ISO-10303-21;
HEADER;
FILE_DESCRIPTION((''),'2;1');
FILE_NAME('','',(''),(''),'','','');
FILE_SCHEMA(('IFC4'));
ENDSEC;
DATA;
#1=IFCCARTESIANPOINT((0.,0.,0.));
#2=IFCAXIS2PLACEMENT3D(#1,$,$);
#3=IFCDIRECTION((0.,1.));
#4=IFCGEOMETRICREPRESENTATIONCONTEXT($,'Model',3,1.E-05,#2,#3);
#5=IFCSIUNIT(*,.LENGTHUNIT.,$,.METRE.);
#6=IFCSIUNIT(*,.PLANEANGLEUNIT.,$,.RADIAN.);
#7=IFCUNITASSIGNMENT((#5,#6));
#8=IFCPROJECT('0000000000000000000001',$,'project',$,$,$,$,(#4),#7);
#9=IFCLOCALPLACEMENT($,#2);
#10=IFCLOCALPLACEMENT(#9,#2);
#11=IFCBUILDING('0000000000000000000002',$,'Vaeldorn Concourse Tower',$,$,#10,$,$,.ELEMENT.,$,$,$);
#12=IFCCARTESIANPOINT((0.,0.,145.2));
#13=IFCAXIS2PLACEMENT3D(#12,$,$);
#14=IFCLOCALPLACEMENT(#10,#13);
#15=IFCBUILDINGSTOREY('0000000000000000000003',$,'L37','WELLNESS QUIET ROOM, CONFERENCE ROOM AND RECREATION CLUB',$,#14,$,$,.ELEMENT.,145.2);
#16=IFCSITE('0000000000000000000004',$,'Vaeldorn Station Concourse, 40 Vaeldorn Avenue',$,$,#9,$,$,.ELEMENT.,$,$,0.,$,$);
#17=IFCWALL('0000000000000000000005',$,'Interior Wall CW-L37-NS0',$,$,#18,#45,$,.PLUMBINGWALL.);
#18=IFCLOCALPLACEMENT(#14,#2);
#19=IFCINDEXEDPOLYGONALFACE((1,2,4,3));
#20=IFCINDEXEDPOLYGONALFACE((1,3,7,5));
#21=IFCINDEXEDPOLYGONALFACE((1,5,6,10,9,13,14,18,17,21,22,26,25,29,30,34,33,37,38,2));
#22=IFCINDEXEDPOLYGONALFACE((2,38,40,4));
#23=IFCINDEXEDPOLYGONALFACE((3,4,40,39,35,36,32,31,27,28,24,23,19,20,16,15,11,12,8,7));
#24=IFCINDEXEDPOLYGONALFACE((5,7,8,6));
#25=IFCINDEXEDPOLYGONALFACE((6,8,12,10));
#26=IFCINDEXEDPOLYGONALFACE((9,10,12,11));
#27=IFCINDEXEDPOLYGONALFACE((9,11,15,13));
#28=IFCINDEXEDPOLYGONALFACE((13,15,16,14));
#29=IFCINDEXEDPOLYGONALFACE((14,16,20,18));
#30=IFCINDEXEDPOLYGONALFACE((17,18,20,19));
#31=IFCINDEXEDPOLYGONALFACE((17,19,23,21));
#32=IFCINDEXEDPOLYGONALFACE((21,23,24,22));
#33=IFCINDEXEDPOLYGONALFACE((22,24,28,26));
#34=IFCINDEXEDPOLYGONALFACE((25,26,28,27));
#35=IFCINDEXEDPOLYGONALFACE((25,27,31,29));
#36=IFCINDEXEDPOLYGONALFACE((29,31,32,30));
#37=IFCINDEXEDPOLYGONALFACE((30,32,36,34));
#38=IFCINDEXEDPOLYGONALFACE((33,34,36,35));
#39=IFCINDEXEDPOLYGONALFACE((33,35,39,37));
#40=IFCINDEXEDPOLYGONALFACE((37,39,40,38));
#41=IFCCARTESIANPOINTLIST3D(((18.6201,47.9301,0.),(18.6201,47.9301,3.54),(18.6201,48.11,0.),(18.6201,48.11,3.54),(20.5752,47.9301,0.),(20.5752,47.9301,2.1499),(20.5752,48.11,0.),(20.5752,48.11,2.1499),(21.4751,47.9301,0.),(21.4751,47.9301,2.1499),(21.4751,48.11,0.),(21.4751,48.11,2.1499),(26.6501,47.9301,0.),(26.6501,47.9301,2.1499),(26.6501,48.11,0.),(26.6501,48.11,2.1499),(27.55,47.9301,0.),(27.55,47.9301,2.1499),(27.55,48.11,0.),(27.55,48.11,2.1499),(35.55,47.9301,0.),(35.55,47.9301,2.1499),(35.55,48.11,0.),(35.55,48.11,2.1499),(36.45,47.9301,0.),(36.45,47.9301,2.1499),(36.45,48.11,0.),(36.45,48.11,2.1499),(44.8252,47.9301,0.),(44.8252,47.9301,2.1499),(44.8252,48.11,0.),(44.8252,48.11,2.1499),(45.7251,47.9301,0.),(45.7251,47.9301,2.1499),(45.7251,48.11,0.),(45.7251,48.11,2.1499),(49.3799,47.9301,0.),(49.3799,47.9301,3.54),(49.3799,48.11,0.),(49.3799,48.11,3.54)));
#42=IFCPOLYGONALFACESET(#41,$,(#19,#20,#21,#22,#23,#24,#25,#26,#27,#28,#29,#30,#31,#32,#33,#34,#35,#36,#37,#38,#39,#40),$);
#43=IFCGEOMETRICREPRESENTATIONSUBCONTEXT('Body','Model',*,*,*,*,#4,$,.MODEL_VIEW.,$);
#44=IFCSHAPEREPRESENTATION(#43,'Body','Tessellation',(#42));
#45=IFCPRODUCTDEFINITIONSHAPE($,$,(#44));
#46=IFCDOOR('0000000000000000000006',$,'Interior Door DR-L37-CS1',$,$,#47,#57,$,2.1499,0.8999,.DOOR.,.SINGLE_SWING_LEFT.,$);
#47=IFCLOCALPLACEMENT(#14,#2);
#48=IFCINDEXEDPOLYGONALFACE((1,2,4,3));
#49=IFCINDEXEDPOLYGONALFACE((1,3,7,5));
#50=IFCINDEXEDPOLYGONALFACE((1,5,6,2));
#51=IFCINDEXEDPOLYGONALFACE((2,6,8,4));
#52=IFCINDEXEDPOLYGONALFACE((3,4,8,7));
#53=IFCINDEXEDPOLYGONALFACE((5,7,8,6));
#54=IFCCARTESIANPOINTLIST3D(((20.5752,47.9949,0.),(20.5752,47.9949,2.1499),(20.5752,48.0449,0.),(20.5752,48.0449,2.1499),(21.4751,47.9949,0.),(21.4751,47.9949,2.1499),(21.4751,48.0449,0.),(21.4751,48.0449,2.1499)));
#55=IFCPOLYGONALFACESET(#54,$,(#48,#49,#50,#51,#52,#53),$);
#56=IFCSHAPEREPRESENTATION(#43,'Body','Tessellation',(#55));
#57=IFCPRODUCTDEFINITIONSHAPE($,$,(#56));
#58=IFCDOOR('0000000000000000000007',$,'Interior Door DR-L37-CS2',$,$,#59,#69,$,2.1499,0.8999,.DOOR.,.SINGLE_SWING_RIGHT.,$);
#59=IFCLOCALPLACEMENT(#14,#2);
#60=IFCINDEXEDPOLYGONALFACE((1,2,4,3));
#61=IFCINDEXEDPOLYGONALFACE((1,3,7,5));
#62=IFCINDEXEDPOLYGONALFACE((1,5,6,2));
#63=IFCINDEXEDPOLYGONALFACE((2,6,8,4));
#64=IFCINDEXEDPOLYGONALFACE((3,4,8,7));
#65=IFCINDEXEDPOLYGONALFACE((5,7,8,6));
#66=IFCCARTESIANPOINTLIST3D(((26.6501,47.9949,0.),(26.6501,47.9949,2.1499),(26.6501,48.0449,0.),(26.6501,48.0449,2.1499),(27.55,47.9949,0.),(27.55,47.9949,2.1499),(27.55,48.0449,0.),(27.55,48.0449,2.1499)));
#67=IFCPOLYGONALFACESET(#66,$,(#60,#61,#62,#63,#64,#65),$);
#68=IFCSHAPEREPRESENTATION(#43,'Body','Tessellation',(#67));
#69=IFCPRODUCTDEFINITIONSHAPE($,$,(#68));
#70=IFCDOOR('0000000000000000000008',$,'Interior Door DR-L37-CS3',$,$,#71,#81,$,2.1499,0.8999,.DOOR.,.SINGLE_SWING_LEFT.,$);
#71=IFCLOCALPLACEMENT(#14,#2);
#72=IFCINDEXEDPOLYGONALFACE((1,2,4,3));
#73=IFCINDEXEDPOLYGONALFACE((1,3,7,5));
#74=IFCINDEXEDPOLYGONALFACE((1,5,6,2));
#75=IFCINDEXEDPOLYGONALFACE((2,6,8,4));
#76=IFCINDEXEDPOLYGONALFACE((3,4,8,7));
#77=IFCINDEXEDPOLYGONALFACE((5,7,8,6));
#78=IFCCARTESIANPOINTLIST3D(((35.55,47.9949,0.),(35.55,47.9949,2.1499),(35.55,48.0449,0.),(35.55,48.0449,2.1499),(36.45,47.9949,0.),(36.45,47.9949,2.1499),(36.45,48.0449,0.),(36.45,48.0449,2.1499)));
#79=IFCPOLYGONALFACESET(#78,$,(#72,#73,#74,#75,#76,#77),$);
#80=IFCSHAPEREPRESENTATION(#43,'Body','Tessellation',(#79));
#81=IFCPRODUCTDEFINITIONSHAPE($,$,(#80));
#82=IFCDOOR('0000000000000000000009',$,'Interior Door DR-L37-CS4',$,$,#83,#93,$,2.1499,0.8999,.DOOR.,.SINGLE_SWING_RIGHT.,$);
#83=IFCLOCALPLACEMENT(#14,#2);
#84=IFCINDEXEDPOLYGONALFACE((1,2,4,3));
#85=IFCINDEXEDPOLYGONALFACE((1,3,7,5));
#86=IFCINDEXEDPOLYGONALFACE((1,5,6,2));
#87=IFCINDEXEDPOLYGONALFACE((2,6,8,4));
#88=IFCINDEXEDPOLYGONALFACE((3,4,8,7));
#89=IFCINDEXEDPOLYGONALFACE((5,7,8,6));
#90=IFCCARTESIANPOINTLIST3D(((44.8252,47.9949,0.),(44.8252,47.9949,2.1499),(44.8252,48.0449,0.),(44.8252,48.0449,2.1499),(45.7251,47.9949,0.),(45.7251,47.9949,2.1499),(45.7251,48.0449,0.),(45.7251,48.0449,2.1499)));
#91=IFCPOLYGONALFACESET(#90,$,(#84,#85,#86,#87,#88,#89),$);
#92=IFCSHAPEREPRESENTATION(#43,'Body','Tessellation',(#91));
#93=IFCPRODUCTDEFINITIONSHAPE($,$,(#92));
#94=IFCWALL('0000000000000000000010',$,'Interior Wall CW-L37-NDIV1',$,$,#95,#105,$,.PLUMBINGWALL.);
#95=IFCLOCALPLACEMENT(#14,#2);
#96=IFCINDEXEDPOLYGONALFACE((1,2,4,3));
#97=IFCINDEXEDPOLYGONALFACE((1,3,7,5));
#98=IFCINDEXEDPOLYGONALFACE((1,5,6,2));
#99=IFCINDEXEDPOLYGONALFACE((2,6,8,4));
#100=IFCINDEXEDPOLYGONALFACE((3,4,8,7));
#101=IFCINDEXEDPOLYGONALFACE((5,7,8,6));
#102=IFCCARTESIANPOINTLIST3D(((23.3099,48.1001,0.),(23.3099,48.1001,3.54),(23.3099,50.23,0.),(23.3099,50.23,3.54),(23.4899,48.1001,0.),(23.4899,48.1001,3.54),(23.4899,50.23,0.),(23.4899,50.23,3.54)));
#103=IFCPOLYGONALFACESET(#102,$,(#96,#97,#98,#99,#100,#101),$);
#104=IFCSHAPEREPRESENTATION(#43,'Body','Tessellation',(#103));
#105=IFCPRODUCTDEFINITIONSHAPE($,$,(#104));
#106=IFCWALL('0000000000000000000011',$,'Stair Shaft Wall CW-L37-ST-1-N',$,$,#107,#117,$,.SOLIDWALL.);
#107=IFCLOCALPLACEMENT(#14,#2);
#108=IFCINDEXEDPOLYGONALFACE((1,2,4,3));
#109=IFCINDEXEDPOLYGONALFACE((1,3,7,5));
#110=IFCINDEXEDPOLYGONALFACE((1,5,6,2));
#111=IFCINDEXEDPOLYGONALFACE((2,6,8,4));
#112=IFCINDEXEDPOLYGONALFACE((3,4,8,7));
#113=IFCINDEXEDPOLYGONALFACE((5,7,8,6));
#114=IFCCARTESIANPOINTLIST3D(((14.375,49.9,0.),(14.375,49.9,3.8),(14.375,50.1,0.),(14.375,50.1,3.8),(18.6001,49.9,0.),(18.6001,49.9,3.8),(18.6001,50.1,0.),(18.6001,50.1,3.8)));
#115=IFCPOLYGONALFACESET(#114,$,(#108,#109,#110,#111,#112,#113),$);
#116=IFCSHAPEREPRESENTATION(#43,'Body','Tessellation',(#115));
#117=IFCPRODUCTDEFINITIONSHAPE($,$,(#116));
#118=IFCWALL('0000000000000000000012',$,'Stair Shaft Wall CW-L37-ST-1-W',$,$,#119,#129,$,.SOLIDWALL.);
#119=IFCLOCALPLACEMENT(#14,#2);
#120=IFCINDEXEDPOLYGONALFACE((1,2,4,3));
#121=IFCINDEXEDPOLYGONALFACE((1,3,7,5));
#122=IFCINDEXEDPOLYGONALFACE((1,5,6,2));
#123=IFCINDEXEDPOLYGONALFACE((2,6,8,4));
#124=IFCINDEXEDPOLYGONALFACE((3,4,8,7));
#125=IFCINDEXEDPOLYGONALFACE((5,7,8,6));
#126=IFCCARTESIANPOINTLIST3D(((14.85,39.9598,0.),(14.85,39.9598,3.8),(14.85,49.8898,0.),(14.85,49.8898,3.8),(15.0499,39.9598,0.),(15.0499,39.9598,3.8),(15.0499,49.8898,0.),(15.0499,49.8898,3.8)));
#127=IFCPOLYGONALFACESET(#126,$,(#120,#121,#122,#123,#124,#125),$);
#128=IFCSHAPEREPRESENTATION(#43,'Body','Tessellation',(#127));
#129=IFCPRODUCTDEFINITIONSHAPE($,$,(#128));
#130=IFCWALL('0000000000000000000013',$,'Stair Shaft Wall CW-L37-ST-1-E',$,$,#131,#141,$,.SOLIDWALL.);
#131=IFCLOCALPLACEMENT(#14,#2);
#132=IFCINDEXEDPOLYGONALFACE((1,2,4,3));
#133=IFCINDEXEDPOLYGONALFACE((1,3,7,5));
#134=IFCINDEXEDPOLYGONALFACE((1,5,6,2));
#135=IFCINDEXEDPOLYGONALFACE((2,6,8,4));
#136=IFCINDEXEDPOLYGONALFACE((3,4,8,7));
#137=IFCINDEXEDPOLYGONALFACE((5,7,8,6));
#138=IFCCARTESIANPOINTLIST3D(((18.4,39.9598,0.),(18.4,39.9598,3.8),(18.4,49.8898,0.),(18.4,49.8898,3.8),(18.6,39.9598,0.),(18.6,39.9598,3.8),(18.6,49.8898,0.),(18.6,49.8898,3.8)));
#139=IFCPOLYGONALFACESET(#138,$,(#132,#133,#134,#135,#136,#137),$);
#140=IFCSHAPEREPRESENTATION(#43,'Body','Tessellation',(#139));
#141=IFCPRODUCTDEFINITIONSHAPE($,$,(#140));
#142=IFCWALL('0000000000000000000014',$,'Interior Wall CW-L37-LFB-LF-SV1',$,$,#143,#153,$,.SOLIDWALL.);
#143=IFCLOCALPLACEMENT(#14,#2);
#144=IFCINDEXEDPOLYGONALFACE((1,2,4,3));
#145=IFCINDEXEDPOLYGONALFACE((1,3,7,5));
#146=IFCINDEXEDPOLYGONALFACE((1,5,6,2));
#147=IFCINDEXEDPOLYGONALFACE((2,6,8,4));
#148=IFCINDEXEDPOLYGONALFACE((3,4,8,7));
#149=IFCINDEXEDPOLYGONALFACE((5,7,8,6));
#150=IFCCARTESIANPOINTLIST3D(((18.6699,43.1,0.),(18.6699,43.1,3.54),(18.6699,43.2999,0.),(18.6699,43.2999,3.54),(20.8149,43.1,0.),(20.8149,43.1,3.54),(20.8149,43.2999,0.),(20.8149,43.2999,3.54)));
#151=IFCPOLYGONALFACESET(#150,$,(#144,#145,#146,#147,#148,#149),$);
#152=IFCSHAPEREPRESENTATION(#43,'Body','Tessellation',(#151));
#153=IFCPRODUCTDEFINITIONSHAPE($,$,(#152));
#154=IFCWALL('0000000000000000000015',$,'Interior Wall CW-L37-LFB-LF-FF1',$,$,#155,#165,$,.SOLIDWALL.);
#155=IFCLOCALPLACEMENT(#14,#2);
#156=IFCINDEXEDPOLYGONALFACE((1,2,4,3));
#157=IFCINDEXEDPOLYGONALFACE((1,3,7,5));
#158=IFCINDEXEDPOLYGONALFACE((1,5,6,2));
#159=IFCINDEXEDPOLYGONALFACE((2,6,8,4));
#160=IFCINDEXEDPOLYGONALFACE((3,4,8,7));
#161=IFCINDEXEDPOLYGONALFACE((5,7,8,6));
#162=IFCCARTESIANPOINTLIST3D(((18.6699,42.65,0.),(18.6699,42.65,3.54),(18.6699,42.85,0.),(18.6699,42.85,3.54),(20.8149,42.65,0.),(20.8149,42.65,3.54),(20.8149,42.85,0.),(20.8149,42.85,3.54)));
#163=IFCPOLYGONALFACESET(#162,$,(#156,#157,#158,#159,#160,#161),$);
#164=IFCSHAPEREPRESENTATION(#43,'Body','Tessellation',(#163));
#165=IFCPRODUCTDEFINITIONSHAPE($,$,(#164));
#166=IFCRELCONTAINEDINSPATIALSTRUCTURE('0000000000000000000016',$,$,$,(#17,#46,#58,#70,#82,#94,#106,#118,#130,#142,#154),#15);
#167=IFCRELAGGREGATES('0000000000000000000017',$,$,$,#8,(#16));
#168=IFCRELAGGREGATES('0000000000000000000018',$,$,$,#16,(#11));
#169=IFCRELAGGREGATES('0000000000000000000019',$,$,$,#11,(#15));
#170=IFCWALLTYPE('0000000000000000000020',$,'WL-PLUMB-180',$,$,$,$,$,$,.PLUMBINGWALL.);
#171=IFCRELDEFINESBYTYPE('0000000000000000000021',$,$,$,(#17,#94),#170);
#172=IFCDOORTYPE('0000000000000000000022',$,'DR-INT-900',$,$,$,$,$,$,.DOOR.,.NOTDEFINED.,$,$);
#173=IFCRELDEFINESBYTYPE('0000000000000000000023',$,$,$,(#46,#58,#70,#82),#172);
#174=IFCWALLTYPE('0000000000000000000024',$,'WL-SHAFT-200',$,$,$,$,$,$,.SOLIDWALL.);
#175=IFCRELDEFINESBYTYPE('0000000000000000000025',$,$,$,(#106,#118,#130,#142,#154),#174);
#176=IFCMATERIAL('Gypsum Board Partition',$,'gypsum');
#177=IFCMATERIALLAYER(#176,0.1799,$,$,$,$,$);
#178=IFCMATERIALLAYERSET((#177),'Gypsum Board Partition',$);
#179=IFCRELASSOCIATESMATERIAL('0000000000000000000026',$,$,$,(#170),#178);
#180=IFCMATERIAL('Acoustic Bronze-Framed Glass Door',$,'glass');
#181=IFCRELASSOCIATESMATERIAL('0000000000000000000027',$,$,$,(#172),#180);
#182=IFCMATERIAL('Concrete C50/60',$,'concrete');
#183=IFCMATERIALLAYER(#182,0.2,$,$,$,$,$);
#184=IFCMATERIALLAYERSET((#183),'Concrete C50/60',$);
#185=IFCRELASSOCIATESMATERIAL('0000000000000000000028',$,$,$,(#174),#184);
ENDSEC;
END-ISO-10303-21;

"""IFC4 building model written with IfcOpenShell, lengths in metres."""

from ifc_helpers import new_model, si_unit, direction, frame, frame_2d, origin, place, context, subcontext, project, spatial, rectangle, extrude, source, transform, mapped, material, layer, layer_set, type_object, element, fill, save


model = new_model("IFC4")

# Units and contexts
model_context = context("Model", 3, precision=1e-05, world=origin(), true_north=direction((0.0, 1.0)))
body_context = subcontext(model_context, "Body", "Model", "MODEL_VIEW")
ifc_project = project(units=[si_unit("LENGTHUNIT", "METRE"), si_unit("PLANEANGLEUNIT", "RADIAN")], contexts=[model_context])

# Site, building, storey
site_placement = place(None, origin())
site = spatial("IfcSite", under=ifc_project, at=site_placement, Name="Vaeldorn Station Concourse, 40 Vaeldorn Avenue", CompositionType="ELEMENT", RefElevation=0.0)
building_placement = place(site_placement, origin())
building = spatial("IfcBuilding", under=site, at=building_placement, Name="Vaeldorn Concourse Tower", CompositionType="ELEMENT")
storey_placement = place(building_placement, frame((0.0, 0.0, 145.2)))
storey = spatial("IfcBuildingStorey", under=building, at=storey_placement, Name="L37", Description="WELLNESS QUIET ROOM, CONFERENCE ROOM AND RECREATION CLUB", CompositionType="ELEMENT", Elevation=145.2)

# Shared definitions
ifc_material_1 = material(Name="Gypsum Board Partition", Category="gypsum")

# Wall, openings, doors
ifc_layer_1 = layer(ifc_material_1, 0.1799)
ifc_layer_set_1 = layer_set([ifc_layer_1], Name="Gypsum Board Partition")
wall_type_1 = type_object("IfcWallType", Name="WL-PLUMB-180", PredefinedType="PLUMBINGWALL", material=ifc_layer_set_1)
wall_1_placement = place(storey_placement, frame((18.6201, 48.02, 0.0), z_axis=(0.0, 0.0, 1.0), x_axis=(1.0, 0.0, 0.0)))
wall_1 = element("IfcWall", 1, at=wall_1_placement, inside=storey, type_object=wall_type_1, Name="Interior Wall CW-L37-NS0", PredefinedType="PLUMBINGWALL", context=body_context, shape_type="SweptSolid", body=[
    extrude(rectangle(XDim=30.7598, YDim=0.1799, at=frame_2d((15.3799, 0.0))), origin(), (0.0, 0.0, 1.0), 3.54),
])
opening_1_placement = place(wall_1_placement, frame((1.9551, 0.0, 0.0)))
opening_1 = element("IfcOpeningElement", 2, at=opening_1_placement, cuts=wall_1, PredefinedType="OPENING", context=body_context, shape_type="SweptSolid", body=[
    extrude(rectangle(XDim=0.8999, YDim=2.1499, at=frame_2d((0.45, 1.075))), frame((0.0, 0.1001, 0.0), z_axis=(0.0, -1.0, 0.0), x_axis=(1.0, 0.0, 0.0)), (0.0, 0.0, 1.0), 0.2),
])
opening_2_placement = place(wall_1_placement, frame((8.03, 0.0, 0.0)))
opening_2 = element("IfcOpeningElement", 3, at=opening_2_placement, cuts=wall_1, PredefinedType="OPENING", context=body_context, shape_type="SweptSolid", body=[
    extrude(rectangle(XDim=0.8999, YDim=2.1499, at=frame_2d((0.45, 1.075))), frame((0.0, 0.1001, 0.0), z_axis=(0.0, -1.0, 0.0), x_axis=(1.0, 0.0, 0.0)), (0.0, 0.0, 1.0), 0.2),
])
opening_3_placement = place(wall_1_placement, frame((16.9299, 0.0, 0.0)))
opening_3 = element("IfcOpeningElement", 4, at=opening_3_placement, cuts=wall_1, PredefinedType="OPENING", context=body_context, shape_type="SweptSolid", body=[
    extrude(rectangle(XDim=0.8999, YDim=2.1499, at=frame_2d((0.45, 1.075))), frame((0.0, 0.1001, 0.0), z_axis=(0.0, -1.0, 0.0), x_axis=(1.0, 0.0, 0.0)), (0.0, 0.0, 1.0), 0.2),
])
opening_4_placement = place(wall_1_placement, frame((26.2051, 0.0, 0.0)))
opening_4 = element("IfcOpeningElement", 5, at=opening_4_placement, cuts=wall_1, PredefinedType="OPENING", context=body_context, shape_type="SweptSolid", body=[
    extrude(rectangle(XDim=0.8999, YDim=2.1499, at=frame_2d((0.45, 1.075))), frame((0.0, 0.1001, 0.0), z_axis=(0.0, -1.0, 0.0), x_axis=(1.0, 0.0, 0.0)), (0.0, 0.0, 1.0), 0.2),
])
ifc_material_2 = material(Name="Acoustic Bronze-Framed Glass Door", Category="glass")
door_type_1 = type_object("IfcDoorType", Name="DR-INT-900", OperationType="NOTDEFINED", PredefinedType="DOOR", material=ifc_material_2)
shared_shape_1 = source(origin(), body_context, "Body", "SweptSolid", [
    extrude(rectangle(XDim=0.8999, YDim=2.1499, at=frame_2d((0.45, 1.075))), frame((0.0, 0.0249, 0.0), z_axis=(0.0, -1.0, 0.0), x_axis=(1.0, 0.0, 0.0)), (0.0, 0.0, 1.0), 0.05),
])
door_1_placement = place(opening_1_placement, origin())
door_1 = element("IfcDoor", 6, at=door_1_placement, inside=storey, type_object=door_type_1, Name="Interior Door DR-L37-CS1", OperationType="SINGLE_SWING_LEFT", OverallHeight=2.1499, OverallWidth=0.8999, PredefinedType="DOOR", context=body_context, shape_type="MappedRepresentation", body=[
    mapped(shared_shape_1, transform((0.0, 0.0, 0.0), scale=1.0)),
])
fill(opening_1, door_1)
door_2_placement = place(opening_2_placement, origin())
door_2 = element("IfcDoor", 7, at=door_2_placement, inside=storey, type_object=door_type_1, Name="Interior Door DR-L37-CS2", OperationType="SINGLE_SWING_RIGHT", OverallHeight=2.1499, OverallWidth=0.8999, PredefinedType="DOOR", context=body_context, shape_type="MappedRepresentation", body=[
    mapped(shared_shape_1, transform((0.0, 0.0, 0.0), scale=1.0)),
])
fill(opening_2, door_2)
door_3_placement = place(opening_3_placement, origin())
door_3 = element("IfcDoor", 8, at=door_3_placement, inside=storey, type_object=door_type_1, Name="Interior Door DR-L37-CS3", OperationType="SINGLE_SWING_LEFT", OverallHeight=2.1499, OverallWidth=0.8999, PredefinedType="DOOR", context=body_context, shape_type="MappedRepresentation", body=[
    mapped(shared_shape_1, transform((0.0, 0.0, 0.0), scale=1.0)),
])
fill(opening_3, door_3)
door_4_placement = place(opening_4_placement, origin())
door_4 = element("IfcDoor", 9, at=door_4_placement, inside=storey, type_object=door_type_1, Name="Interior Door DR-L37-CS4", OperationType="SINGLE_SWING_RIGHT", OverallHeight=2.1499, OverallWidth=0.8999, PredefinedType="DOOR", context=body_context, shape_type="MappedRepresentation", body=[
    mapped(shared_shape_1, transform((0.0, 0.0, 0.0), scale=1.0)),
])
fill(opening_4, door_4)

# Walls
wall_2_placement = place(storey_placement, frame((23.3999, 48.1001, 0.0), z_axis=(0.0, 0.0, 1.0), x_axis=(0.0, 1.0, 0.0)))
element("IfcWall", 10, at=wall_2_placement, inside=storey, type_object=wall_type_1, Name="Interior Wall CW-L37-NDIV1", PredefinedType="PLUMBINGWALL", context=body_context, shape_type="SweptSolid", body=[
    extrude(rectangle(XDim=2.1299, YDim=0.1799, at=frame_2d((1.0649, 0.0))), origin(), (0.0, 0.0, 1.0), 3.54),
])
ifc_material_3 = material(Name="Concrete C50/60", Category="concrete")
ifc_layer_2 = layer(ifc_material_3, 0.2)
ifc_layer_set_2 = layer_set([ifc_layer_2], Name="Concrete C50/60")
wall_type_2 = type_object("IfcWallType", Name="WL-SHAFT-200", PredefinedType="SOLIDWALL", material=ifc_layer_set_2)
wall_3_placement = place(storey_placement, frame((14.375, 50.0, 0.0), z_axis=(0.0, 0.0, 1.0), x_axis=(1.0, 0.0, 0.0)))
element("IfcWall", 11, at=wall_3_placement, inside=storey, type_object=wall_type_2, Name="Stair Shaft Wall CW-L37-ST-1-N", PredefinedType="SOLIDWALL", context=body_context, shape_type="SweptSolid", body=[
    extrude(rectangle(XDim=4.2251, YDim=0.2, at=frame_2d((2.1125, 0.0))), origin(), (0.0, 0.0, 1.0), 3.8),
])
for number, where, z_axis, x_axis, name in (
    (12, (14.95, 39.96, 0.0), (0.0, 0.0, 1.0), (0.0, 1.0, 0.0), "Stair Shaft Wall CW-L37-ST-1-W"),
    (13, (18.5, 39.96, 0.0), (0.0, 0.0, 1.0), (0.0, 1.0, 0.0), "Stair Shaft Wall CW-L37-ST-1-E"),
):
    element("IfcWall", number, at=place(storey_placement, frame(where, z_axis=z_axis, x_axis=x_axis)), inside=storey, type_object=wall_type_2, Name=name, PredefinedType="SOLIDWALL", context=body_context, shape_type="SweptSolid", body=[
        extrude(rectangle(XDim=9.9299, YDim=0.2, at=frame_2d((4.9648, 0.0))), origin(), (0.0, 0.0, 1.0), 3.8),
    ])

# Walls
for number, where, z_axis, x_axis, name in (
    (14, (18.6699, 43.2, 0.0), (0.0, 0.0, 1.0), (1.0, 0.0, 0.0), "Interior Wall CW-L37-LFB-LF-SV1"),
    (15, (18.6699, 42.75, 0.0), (0.0, 0.0, 1.0), (1.0, 0.0, 0.0), "Interior Wall CW-L37-LFB-LF-FF1"),
):
    element("IfcWall", number, at=place(storey_placement, frame(where, z_axis=z_axis, x_axis=x_axis)), inside=storey, type_object=wall_type_2, Name=name, PredefinedType="SOLIDWALL", context=body_context, shape_type="SweptSolid", body=[
        extrude(rectangle(XDim=2.145, YDim=0.2, at=frame_2d((1.0725, 0.0))), origin(), (0.0, 0.0, 1.0), 3.54),
    ])

save(model, "model.ifc")
